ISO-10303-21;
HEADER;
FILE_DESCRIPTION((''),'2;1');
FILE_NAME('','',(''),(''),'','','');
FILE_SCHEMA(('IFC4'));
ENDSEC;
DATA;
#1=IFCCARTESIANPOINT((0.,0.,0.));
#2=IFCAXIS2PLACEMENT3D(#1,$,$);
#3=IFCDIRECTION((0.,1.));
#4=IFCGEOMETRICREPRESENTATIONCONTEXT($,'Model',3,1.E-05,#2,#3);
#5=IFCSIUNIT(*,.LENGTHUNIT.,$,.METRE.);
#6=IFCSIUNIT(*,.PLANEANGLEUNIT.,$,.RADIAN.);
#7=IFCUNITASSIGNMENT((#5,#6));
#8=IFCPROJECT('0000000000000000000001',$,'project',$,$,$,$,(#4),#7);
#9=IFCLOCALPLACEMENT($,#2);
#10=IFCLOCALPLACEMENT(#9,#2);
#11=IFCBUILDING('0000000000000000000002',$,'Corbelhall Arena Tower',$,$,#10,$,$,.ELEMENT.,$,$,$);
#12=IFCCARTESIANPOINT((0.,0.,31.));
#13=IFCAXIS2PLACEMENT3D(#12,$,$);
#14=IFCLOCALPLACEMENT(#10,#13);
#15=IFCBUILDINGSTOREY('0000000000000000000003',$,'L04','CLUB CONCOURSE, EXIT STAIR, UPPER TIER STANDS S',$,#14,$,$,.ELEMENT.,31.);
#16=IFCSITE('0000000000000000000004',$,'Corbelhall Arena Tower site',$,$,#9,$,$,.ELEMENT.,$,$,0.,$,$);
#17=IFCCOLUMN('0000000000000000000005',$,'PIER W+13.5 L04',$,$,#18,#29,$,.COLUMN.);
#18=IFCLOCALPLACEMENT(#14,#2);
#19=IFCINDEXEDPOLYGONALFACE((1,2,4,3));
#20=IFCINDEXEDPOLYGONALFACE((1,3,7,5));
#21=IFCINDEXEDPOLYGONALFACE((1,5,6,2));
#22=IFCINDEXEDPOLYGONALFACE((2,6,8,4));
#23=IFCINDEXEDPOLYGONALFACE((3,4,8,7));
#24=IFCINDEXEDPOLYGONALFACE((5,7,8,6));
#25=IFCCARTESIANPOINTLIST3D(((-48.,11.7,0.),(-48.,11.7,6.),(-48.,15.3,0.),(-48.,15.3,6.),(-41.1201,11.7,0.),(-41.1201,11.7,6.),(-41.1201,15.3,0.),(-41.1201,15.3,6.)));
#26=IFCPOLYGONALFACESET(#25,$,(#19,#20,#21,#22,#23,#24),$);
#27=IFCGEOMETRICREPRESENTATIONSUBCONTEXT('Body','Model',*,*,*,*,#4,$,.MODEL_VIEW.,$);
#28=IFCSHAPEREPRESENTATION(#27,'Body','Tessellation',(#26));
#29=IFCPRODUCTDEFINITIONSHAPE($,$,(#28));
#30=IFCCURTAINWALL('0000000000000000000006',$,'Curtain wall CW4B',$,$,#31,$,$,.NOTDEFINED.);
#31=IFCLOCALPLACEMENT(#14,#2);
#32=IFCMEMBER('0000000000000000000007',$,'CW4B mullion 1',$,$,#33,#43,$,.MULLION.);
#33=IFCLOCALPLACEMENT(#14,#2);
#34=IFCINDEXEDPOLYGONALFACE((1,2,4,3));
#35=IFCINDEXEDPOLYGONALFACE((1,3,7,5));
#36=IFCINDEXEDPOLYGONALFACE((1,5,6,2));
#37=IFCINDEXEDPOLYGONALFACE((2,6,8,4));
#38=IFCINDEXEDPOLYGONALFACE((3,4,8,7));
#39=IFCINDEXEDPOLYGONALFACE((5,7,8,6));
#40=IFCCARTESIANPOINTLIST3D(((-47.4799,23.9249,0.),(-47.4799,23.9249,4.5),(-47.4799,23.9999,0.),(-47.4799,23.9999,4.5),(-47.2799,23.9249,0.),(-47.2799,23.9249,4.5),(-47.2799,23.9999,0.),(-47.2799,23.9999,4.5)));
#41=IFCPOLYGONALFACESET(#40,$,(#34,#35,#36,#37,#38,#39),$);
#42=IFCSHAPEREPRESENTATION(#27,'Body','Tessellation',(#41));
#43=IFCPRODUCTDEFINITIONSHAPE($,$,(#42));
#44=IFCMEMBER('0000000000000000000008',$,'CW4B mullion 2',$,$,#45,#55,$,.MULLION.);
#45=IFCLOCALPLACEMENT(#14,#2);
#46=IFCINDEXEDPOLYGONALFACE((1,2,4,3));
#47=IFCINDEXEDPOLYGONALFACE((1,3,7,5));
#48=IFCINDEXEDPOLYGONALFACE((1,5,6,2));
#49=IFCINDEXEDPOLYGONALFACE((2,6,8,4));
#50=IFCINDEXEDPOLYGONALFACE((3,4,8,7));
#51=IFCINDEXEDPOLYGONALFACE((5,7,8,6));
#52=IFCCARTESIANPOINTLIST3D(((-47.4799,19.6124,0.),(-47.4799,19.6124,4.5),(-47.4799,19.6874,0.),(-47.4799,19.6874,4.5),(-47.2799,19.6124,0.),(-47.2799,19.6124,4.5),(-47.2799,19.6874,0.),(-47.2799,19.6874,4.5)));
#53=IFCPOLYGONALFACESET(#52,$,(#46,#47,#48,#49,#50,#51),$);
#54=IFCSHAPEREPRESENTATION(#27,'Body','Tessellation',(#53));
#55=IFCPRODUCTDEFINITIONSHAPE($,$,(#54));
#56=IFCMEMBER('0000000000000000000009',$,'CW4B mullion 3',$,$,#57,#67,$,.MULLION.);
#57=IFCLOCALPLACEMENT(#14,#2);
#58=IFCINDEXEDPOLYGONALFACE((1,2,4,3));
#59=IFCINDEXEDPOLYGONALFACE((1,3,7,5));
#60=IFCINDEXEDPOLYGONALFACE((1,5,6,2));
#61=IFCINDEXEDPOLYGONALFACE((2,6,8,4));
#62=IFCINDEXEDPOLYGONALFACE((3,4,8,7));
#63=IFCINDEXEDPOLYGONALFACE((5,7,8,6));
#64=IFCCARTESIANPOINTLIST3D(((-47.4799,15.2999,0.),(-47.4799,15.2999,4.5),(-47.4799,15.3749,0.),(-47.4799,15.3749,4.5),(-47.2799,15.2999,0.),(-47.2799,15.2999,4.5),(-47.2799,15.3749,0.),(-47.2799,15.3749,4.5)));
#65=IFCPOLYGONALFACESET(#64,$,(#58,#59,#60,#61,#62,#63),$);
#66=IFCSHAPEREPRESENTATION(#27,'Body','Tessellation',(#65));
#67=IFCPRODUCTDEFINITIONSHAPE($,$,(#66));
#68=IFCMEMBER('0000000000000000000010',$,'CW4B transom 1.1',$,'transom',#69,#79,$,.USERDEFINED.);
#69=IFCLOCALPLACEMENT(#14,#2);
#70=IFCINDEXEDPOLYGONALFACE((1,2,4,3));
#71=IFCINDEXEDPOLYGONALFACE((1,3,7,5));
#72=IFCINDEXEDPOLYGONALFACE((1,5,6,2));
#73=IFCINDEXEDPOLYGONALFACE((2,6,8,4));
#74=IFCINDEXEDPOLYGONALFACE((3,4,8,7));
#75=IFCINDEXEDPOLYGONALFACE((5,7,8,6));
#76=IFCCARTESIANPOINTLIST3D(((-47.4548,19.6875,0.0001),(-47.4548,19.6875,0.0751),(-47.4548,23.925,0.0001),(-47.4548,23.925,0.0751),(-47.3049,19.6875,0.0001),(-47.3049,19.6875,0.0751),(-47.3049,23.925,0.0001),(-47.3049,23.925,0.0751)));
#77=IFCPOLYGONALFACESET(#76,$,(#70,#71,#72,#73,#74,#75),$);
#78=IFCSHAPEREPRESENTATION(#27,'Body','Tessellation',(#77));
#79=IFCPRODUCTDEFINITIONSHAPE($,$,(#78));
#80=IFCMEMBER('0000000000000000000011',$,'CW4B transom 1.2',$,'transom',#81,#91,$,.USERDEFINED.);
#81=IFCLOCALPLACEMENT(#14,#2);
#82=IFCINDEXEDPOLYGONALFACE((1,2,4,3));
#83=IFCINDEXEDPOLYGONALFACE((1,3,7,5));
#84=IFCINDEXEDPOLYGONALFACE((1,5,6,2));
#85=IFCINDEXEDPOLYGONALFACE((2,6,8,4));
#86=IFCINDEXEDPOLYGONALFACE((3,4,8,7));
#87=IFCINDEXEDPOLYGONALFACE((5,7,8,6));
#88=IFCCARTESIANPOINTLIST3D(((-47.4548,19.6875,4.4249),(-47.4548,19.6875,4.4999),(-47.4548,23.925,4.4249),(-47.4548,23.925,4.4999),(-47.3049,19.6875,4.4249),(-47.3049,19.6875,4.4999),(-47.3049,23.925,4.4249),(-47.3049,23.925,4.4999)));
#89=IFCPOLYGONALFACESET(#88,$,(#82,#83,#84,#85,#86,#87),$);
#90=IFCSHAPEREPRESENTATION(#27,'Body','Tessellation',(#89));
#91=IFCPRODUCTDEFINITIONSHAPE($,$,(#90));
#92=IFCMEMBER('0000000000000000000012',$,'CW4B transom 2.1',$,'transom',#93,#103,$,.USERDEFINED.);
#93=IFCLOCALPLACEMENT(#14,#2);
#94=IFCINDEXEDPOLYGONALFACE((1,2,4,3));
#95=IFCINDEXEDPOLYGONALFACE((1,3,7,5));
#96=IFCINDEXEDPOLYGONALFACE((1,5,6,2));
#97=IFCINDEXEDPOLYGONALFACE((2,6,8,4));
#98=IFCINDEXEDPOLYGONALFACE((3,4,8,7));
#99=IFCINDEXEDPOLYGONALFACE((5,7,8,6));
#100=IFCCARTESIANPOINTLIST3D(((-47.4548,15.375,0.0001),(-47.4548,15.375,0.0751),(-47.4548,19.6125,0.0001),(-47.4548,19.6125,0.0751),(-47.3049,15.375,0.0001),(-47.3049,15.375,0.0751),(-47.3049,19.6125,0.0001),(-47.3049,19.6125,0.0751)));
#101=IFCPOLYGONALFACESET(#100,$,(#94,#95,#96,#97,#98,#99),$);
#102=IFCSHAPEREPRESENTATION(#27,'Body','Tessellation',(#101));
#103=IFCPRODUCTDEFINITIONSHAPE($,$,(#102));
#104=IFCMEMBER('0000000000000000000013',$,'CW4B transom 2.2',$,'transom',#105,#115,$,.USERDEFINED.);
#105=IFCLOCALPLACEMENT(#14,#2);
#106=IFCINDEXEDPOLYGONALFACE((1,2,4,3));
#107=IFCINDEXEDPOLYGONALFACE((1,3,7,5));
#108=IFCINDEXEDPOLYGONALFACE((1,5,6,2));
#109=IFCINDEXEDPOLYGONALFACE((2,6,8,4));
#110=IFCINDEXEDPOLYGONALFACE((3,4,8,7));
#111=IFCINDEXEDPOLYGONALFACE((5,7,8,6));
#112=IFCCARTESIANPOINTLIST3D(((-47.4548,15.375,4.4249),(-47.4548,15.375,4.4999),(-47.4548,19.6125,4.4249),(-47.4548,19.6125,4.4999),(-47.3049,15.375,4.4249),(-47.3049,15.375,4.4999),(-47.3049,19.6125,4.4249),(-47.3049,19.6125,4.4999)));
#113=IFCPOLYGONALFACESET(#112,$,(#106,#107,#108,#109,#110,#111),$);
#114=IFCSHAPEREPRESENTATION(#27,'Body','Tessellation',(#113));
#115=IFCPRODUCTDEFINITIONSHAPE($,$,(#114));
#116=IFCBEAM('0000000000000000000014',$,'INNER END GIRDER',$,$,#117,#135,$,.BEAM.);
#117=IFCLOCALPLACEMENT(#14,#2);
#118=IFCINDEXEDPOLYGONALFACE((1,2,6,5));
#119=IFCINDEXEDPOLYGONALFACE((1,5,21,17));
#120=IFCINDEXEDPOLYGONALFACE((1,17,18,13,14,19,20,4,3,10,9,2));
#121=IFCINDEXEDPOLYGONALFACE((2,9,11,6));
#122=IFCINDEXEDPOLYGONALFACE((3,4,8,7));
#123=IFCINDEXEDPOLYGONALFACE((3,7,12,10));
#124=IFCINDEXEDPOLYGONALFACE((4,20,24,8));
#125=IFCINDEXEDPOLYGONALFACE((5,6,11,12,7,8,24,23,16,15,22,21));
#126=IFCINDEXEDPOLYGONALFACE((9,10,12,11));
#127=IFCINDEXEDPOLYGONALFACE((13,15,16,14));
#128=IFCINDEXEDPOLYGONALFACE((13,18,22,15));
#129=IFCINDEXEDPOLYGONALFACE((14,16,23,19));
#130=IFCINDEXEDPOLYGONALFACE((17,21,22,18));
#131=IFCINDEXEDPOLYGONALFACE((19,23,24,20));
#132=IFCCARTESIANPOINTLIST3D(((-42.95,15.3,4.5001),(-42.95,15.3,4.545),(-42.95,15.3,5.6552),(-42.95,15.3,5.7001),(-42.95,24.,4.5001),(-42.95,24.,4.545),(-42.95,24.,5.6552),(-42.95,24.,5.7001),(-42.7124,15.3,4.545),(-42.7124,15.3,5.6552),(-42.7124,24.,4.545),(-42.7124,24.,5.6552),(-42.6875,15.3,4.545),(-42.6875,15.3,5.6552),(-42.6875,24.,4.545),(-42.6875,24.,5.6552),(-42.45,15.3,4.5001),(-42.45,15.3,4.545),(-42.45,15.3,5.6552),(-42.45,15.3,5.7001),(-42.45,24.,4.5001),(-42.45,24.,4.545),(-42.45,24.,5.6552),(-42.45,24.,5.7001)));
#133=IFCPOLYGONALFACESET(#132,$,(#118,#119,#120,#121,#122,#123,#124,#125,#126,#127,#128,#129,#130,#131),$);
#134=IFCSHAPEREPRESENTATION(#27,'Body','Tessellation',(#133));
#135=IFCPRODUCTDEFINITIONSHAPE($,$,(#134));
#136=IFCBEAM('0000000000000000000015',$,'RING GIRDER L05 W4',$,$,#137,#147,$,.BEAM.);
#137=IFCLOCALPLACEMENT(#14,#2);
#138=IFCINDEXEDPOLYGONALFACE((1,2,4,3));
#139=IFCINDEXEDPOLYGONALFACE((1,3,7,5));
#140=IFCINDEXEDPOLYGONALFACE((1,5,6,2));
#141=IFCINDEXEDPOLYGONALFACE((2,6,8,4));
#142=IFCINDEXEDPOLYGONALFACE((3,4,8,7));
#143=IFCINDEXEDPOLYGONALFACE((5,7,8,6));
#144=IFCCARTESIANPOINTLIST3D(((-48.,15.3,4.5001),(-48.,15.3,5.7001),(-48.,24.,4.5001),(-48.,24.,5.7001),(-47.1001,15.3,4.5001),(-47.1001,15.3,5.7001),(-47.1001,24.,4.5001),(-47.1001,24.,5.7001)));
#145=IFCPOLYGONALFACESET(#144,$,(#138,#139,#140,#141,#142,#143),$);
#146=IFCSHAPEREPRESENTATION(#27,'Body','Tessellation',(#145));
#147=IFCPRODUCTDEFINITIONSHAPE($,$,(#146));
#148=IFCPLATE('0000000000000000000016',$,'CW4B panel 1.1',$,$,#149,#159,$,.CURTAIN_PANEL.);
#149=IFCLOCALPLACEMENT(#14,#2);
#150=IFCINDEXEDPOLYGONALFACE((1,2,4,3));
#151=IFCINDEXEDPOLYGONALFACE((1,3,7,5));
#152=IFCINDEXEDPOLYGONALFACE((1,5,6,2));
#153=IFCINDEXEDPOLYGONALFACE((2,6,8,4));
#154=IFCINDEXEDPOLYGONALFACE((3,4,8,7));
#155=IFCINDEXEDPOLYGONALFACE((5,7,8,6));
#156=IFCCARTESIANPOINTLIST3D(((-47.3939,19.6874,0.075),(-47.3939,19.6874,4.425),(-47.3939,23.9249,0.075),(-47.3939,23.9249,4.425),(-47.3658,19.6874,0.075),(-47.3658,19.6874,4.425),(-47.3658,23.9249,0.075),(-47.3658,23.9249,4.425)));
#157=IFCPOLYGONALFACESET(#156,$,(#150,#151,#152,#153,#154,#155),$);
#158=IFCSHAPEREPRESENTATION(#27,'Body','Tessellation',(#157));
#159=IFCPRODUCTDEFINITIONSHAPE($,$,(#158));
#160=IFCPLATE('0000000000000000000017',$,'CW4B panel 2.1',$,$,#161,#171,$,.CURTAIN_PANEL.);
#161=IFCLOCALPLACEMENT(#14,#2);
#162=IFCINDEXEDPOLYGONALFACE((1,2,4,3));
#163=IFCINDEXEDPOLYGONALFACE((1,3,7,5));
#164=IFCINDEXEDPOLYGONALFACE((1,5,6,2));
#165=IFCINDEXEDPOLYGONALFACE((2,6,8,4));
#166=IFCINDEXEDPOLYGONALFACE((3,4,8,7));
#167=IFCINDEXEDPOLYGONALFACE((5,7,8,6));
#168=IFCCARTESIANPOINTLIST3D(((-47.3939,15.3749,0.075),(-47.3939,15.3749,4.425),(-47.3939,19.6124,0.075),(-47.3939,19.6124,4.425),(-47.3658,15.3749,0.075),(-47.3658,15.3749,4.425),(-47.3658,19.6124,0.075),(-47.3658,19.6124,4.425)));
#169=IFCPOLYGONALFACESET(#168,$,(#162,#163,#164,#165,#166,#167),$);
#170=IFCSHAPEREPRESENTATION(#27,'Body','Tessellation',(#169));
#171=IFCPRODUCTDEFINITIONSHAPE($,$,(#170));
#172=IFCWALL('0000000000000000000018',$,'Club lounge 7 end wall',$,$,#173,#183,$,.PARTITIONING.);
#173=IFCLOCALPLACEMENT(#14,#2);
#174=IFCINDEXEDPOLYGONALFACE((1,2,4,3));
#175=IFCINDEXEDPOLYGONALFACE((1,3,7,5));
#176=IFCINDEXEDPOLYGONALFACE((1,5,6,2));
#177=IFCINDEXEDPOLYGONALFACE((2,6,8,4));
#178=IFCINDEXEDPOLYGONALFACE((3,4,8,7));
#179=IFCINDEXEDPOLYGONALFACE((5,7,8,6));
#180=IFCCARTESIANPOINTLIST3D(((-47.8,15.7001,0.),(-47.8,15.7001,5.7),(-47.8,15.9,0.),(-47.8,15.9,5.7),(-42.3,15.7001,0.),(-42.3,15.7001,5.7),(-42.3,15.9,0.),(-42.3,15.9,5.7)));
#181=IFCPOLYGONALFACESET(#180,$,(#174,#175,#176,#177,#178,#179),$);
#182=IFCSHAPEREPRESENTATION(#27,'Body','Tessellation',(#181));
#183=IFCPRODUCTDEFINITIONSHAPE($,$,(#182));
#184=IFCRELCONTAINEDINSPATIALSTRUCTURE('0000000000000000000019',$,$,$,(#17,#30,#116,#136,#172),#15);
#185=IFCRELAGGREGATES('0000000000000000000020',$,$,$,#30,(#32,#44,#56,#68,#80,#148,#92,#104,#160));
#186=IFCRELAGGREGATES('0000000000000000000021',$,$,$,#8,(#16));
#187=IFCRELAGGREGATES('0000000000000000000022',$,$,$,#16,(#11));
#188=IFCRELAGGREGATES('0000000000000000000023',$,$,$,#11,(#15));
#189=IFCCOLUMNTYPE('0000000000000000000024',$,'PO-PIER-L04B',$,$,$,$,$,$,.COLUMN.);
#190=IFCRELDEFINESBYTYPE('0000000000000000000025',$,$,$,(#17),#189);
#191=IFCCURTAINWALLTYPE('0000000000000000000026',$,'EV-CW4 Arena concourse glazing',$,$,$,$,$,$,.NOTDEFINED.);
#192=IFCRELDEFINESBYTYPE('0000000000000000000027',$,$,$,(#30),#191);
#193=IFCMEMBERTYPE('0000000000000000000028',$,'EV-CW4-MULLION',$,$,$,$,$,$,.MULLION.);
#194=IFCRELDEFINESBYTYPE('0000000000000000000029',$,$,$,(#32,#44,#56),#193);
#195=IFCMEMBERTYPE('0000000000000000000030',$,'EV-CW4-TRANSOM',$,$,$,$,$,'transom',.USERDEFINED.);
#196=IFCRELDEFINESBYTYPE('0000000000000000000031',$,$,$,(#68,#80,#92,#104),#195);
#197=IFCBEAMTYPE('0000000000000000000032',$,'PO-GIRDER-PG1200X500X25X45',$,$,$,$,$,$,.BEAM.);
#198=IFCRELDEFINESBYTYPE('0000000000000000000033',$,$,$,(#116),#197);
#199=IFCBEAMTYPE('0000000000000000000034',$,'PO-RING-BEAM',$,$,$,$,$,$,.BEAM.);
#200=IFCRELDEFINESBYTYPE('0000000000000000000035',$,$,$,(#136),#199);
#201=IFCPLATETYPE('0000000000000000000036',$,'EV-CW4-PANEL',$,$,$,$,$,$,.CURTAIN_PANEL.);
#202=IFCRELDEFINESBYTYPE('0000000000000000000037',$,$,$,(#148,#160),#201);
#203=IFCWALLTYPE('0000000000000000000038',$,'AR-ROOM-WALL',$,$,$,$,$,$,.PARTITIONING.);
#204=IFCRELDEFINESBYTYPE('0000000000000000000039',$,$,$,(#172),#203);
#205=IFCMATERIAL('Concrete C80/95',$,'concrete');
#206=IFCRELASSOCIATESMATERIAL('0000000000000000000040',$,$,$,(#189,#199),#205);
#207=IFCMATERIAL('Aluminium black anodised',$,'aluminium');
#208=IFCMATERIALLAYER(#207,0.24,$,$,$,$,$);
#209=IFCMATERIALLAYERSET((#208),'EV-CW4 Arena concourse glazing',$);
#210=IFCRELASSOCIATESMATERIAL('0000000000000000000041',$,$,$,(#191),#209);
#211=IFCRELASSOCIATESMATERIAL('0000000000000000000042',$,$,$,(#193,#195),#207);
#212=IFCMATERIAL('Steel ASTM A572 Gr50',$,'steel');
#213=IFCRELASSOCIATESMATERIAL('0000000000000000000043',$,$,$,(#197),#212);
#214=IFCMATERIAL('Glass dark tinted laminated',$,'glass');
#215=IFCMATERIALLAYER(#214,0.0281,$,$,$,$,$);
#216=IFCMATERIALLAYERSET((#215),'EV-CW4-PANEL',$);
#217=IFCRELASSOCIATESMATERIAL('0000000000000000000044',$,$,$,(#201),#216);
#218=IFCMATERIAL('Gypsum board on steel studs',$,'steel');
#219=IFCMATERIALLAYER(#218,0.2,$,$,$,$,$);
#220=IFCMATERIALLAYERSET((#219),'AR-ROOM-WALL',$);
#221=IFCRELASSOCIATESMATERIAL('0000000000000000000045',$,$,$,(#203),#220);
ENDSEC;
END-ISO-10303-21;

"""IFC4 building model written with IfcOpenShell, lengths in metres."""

from ifc_helpers import new_model, si_unit, direction, frame, frame_2d, origin, origin_2d, place, context, subcontext, project, spatial, rectangle, i_section, extrude, material, layer, layer_set, material_profile, profile_set, type_object, element, aggregate, save


model = new_model("IFC4")

# Units and contexts
model_context = context("Model", 3, precision=1e-05, world=origin(), true_north=direction((0.0, 1.0)))
body_context = subcontext(model_context, "Body", "Model", "MODEL_VIEW")
ifc_project = project(units=[si_unit("LENGTHUNIT", "METRE"), si_unit("PLANEANGLEUNIT", "RADIAN")], contexts=[model_context])

# Site, building, storey
site_placement = place(None, origin())
site = spatial("IfcSite", under=ifc_project, at=site_placement, Name="Corbelhall Arena Tower site", CompositionType="ELEMENT", RefElevation=0.0)
building_placement = place(site_placement, origin())
building = spatial("IfcBuilding", under=site, at=building_placement, Name="Corbelhall Arena Tower", CompositionType="ELEMENT")
storey_placement = place(building_placement, frame((0.0, 0.0, 31.0)))
storey = spatial("IfcBuildingStorey", under=building, at=storey_placement, Name="L04", Description="CLUB CONCOURSE, EXIT STAIR, UPPER TIER STANDS S", CompositionType="ELEMENT", Elevation=31.0)

# Column
ifc_material_1 = material(Name="Concrete C80/95", Category="concrete")
ifc_material_profile_1 = material_profile(ifc_material_1, rectangle(XDim=3.6001, YDim=6.8799, at=origin_2d()))
ifc_profile_set_1 = profile_set([ifc_material_profile_1], Name="Concrete C80/95")
column_type = type_object("IfcColumnType", Name="PO-PIER-L04B", PredefinedType="COLUMN", material=ifc_profile_set_1)
column_placement = place(storey_placement, frame((-44.5601, 13.5, 0.0), z_axis=(0.0, 0.0, 1.0), x_axis=(0.0, -1.0, 0.0)))
element("IfcColumn", 1, at=column_placement, inside=storey, type_object=column_type, Name="PIER W+13.5 L04", PredefinedType="COLUMN", context=body_context, shape_type="SweptSolid", body=[
    extrude(rectangle(XDim=3.6001, YDim=6.8799, at=origin_2d()), origin(), (0.0, 0.0, 1.0), 6.0),
])

# Curtain wall, members
ifc_material_2 = material(Name="Aluminium black anodised", Category="aluminium")
ifc_layer_1 = layer(ifc_material_2, 0.24)
ifc_layer_set_1 = layer_set([ifc_layer_1], Name="EV-CW4 Arena concourse glazing")
curtain_wall_type = type_object("IfcCurtainWallType", Name="EV-CW4 Arena concourse glazing", PredefinedType="NOTDEFINED", material=ifc_layer_set_1)
curtain_wall_placement = place(storey_placement, origin())
curtain_wall = element("IfcCurtainWall", 2, at=curtain_wall_placement, inside=storey, type_object=curtain_wall_type, Name="Curtain wall CW4B", PredefinedType="NOTDEFINED")
ifc_material_profile_2 = material_profile(ifc_material_2, rectangle(XDim=0.2, YDim=0.075, at=origin_2d()))
ifc_profile_set_2 = profile_set([ifc_material_profile_2], Name="Aluminium black anodised")
member_type_1 = type_object("IfcMemberType", Name="EV-CW4-MULLION", PredefinedType="MULLION", material=ifc_profile_set_2)
member_1_placement = place(storey_placement, frame((-47.3799, 23.9624, 0.0), z_axis=(0.0, 0.0, 1.0), x_axis=(1.0, 0.0, 0.0)))
member_1 = element("IfcMember", 3, at=member_1_placement, type_object=member_type_1, Name="CW4B mullion 1", PredefinedType="MULLION", context=body_context, shape_type="SweptSolid", body=[
    extrude(rectangle(XDim=0.2, YDim=0.075, at=origin_2d()), origin(), (0.0, 0.0, 1.0), 4.5),
])
member_2_placement = place(storey_placement, frame((-47.3799, 19.6499, 0.0), z_axis=(0.0, 0.0, 1.0), x_axis=(1.0, 0.0, 0.0)))
member_2 = element("IfcMember", 4, at=member_2_placement, type_object=member_type_1, Name="CW4B mullion 2", PredefinedType="MULLION", context=body_context, shape_type="SweptSolid", body=[
    extrude(rectangle(XDim=0.2, YDim=0.075, at=origin_2d()), origin(), (0.0, 0.0, 1.0), 4.5),
])
member_3_placement = place(storey_placement, frame((-47.3799, 15.3374, 0.0), z_axis=(0.0, 0.0, 1.0), x_axis=(1.0, 0.0, 0.0)))
member_3 = element("IfcMember", 5, at=member_3_placement, type_object=member_type_1, Name="CW4B mullion 3", PredefinedType="MULLION", context=body_context, shape_type="SweptSolid", body=[
    extrude(rectangle(XDim=0.2, YDim=0.075, at=origin_2d()), origin(), (0.0, 0.0, 1.0), 4.5),
])
ifc_material_profile_3 = material_profile(ifc_material_2, rectangle(XDim=0.1499, YDim=0.075, at=origin_2d()))
ifc_profile_set_3 = profile_set([ifc_material_profile_3], Name="Aluminium black anodised")
member_type_2 = type_object("IfcMemberType", Name="EV-CW4-TRANSOM", ElementType="transom", PredefinedType="USERDEFINED", material=ifc_profile_set_3)
member_4_placement = place(storey_placement, frame((-47.3799, 23.925, 0.0376), z_axis=(0.0, -1.0, 0.0), x_axis=(1.0, 0.0, 0.0)))
member_4 = element("IfcMember", 6, at=member_4_placement, type_object=member_type_2, Name="CW4B transom 1.1", ObjectType="transom", PredefinedType="USERDEFINED", context=body_context, shape_type="SweptSolid", body=[
    extrude(rectangle(XDim=0.1499, YDim=0.075, at=origin_2d()), origin(), (0.0, 0.0, 1.0), 4.2375),
])
member_5_placement = place(storey_placement, frame((-47.3799, 23.925, 4.4624), z_axis=(0.0, -1.0, 0.0), x_axis=(1.0, 0.0, 0.0)))
member_5 = element("IfcMember", 7, at=member_5_placement, type_object=member_type_2, Name="CW4B transom 1.2", ObjectType="transom", PredefinedType="USERDEFINED", context=body_context, shape_type="SweptSolid", body=[
    extrude(rectangle(XDim=0.1499, YDim=0.075, at=origin_2d()), origin(), (0.0, 0.0, 1.0), 4.2375),
])
member_6_placement = place(storey_placement, frame((-47.3799, 19.6125, 0.0376), z_axis=(0.0, -1.0, 0.0), x_axis=(1.0, 0.0, 0.0)))
member_6 = element("IfcMember", 8, at=member_6_placement, type_object=member_type_2, Name="CW4B transom 2.1", ObjectType="transom", PredefinedType="USERDEFINED", context=body_context, shape_type="SweptSolid", body=[
    extrude(rectangle(XDim=0.1499, YDim=0.075, at=origin_2d()), origin(), (0.0, 0.0, 1.0), 4.2375),
])
member_7_placement = place(storey_placement, frame((-47.3799, 19.6125, 4.4624), z_axis=(0.0, -1.0, 0.0), x_axis=(1.0, 0.0, 0.0)))
member_7 = element("IfcMember", 9, at=member_7_placement, type_object=member_type_2, Name="CW4B transom 2.2", ObjectType="transom", PredefinedType="USERDEFINED", context=body_context, shape_type="SweptSolid", body=[
    extrude(rectangle(XDim=0.1499, YDim=0.075, at=origin_2d()), origin(), (0.0, 0.0, 1.0), 4.2375),
])

# Beams
ifc_material_3 = material(Name="Steel ASTM A572 Gr50", Category="steel")
ifc_material_profile_4 = material_profile(ifc_material_3, i_section(OverallWidth=0.5, OverallDepth=1.2, WebThickness=0.0249, FlangeThickness=0.0449, at=origin_2d()))
ifc_profile_set_4 = profile_set([ifc_material_profile_4], Name="Steel ASTM A572 Gr50")
beam_type_1 = type_object("IfcBeamType", Name="PO-GIRDER-PG1200X500X25X45", PredefinedType="BEAM", material=ifc_profile_set_4)
beam_1_placement = place(storey_placement, frame((-42.7, 15.3, 5.1001), z_axis=(0.0, 1.0, 0.0), x_axis=(-1.0, 0.0, 0.0)))
element("IfcBeam", 10, at=beam_1_placement, inside=storey, type_object=beam_type_1, Name="INNER END GIRDER", PredefinedType="BEAM", context=body_context, shape_type="SweptSolid", body=[
    extrude(i_section(OverallWidth=0.5, OverallDepth=1.2, WebThickness=0.0249, FlangeThickness=0.0449, at=origin_2d()), origin(), (0.0, 0.0, 1.0), 8.7),
])
ifc_material_profile_5 = material_profile(ifc_material_1, rectangle(XDim=0.8999, YDim=1.2, at=origin_2d()))
ifc_profile_set_5 = profile_set([ifc_material_profile_5], Name="Concrete C80/95")
beam_type_2 = type_object("IfcBeamType", Name="PO-RING-BEAM", PredefinedType="BEAM", material=ifc_profile_set_5)
beam_2_placement = place(storey_placement, frame((-47.55, 15.3, 5.1001), z_axis=(0.0, 1.0, 0.0), x_axis=(-1.0, 0.0, 0.0)))
element("IfcBeam", 11, at=beam_2_placement, inside=storey, type_object=beam_type_2, Name="RING GIRDER L05 W4", PredefinedType="BEAM", context=body_context, shape_type="SweptSolid", body=[
    extrude(rectangle(XDim=0.8999, YDim=1.2, at=origin_2d()), origin(), (0.0, 0.0, 1.0), 8.7),
])

# Plates
ifc_material_4 = material(Name="Glass dark tinted laminated", Category="glass")
ifc_layer_2 = layer(ifc_material_4, 0.0281)
ifc_layer_set_2 = layer_set([ifc_layer_2], Name="EV-CW4-PANEL")
plate_type = type_object("IfcPlateType", Name="EV-CW4-PANEL", PredefinedType="CURTAIN_PANEL", material=ifc_layer_set_2)
plate_1_placement = place(storey_placement, frame((-47.3799, 21.8062, 0.075), z_axis=(0.0, 0.0, 1.0), x_axis=(0.0, -1.0, 0.0)))
plate_1 = element("IfcPlate", 12, at=plate_1_placement, type_object=plate_type, Name="CW4B panel 1.1", PredefinedType="CURTAIN_PANEL", context=body_context, shape_type="SweptSolid", body=[
    extrude(rectangle(XDim=4.2375, YDim=0.0281, at=origin_2d()), origin(), (0.0, 0.0, 1.0), 4.3501),
])
plate_2_placement = place(storey_placement, frame((-47.3799, 17.4937, 0.075), z_axis=(0.0, 0.0, 1.0), x_axis=(0.0, -1.0, 0.0)))
plate_2 = element("IfcPlate", 13, at=plate_2_placement, type_object=plate_type, Name="CW4B panel 2.1", PredefinedType="CURTAIN_PANEL", context=body_context, shape_type="SweptSolid", body=[
    extrude(rectangle(XDim=4.2375, YDim=0.0281, at=origin_2d()), origin(), (0.0, 0.0, 1.0), 4.3501),
])
aggregate(curtain_wall, [member_1, member_2, member_3, member_4, member_5, plate_1, member_6, member_7, plate_2])

# Shared definitions
ifc_material_5 = material(Name="Gypsum board on steel studs", Category="steel")
ifc_layer_3 = layer(ifc_material_5, 0.2)
ifc_layer_set_3 = layer_set([ifc_layer_3], Name="AR-ROOM-WALL")
wall_type = type_object("IfcWallType", Name="AR-ROOM-WALL", PredefinedType="PARTITIONING", material=ifc_layer_set_3)

# Wall
for number, where, z_axis, x_axis, name in (
    (14, (-42.3, 15.8, 0.0), (0.0, 0.0, 1.0), (-1.0, 0.0, 0.0), "Club lounge 7 end wall"),
):
    element("IfcWall", number, at=place(storey_placement, frame(where, z_axis=z_axis, x_axis=x_axis)), inside=storey, type_object=wall_type, Name=name, PredefinedType="PARTITIONING", context=body_context, shape_type="SweptSolid", body=[
        extrude(rectangle(XDim=5.5, YDim=0.2, at=frame_2d((2.75, 0.0))), origin(), (0.0, 0.0, 1.0), 5.7),
    ])

save(model, "model.ifc")
